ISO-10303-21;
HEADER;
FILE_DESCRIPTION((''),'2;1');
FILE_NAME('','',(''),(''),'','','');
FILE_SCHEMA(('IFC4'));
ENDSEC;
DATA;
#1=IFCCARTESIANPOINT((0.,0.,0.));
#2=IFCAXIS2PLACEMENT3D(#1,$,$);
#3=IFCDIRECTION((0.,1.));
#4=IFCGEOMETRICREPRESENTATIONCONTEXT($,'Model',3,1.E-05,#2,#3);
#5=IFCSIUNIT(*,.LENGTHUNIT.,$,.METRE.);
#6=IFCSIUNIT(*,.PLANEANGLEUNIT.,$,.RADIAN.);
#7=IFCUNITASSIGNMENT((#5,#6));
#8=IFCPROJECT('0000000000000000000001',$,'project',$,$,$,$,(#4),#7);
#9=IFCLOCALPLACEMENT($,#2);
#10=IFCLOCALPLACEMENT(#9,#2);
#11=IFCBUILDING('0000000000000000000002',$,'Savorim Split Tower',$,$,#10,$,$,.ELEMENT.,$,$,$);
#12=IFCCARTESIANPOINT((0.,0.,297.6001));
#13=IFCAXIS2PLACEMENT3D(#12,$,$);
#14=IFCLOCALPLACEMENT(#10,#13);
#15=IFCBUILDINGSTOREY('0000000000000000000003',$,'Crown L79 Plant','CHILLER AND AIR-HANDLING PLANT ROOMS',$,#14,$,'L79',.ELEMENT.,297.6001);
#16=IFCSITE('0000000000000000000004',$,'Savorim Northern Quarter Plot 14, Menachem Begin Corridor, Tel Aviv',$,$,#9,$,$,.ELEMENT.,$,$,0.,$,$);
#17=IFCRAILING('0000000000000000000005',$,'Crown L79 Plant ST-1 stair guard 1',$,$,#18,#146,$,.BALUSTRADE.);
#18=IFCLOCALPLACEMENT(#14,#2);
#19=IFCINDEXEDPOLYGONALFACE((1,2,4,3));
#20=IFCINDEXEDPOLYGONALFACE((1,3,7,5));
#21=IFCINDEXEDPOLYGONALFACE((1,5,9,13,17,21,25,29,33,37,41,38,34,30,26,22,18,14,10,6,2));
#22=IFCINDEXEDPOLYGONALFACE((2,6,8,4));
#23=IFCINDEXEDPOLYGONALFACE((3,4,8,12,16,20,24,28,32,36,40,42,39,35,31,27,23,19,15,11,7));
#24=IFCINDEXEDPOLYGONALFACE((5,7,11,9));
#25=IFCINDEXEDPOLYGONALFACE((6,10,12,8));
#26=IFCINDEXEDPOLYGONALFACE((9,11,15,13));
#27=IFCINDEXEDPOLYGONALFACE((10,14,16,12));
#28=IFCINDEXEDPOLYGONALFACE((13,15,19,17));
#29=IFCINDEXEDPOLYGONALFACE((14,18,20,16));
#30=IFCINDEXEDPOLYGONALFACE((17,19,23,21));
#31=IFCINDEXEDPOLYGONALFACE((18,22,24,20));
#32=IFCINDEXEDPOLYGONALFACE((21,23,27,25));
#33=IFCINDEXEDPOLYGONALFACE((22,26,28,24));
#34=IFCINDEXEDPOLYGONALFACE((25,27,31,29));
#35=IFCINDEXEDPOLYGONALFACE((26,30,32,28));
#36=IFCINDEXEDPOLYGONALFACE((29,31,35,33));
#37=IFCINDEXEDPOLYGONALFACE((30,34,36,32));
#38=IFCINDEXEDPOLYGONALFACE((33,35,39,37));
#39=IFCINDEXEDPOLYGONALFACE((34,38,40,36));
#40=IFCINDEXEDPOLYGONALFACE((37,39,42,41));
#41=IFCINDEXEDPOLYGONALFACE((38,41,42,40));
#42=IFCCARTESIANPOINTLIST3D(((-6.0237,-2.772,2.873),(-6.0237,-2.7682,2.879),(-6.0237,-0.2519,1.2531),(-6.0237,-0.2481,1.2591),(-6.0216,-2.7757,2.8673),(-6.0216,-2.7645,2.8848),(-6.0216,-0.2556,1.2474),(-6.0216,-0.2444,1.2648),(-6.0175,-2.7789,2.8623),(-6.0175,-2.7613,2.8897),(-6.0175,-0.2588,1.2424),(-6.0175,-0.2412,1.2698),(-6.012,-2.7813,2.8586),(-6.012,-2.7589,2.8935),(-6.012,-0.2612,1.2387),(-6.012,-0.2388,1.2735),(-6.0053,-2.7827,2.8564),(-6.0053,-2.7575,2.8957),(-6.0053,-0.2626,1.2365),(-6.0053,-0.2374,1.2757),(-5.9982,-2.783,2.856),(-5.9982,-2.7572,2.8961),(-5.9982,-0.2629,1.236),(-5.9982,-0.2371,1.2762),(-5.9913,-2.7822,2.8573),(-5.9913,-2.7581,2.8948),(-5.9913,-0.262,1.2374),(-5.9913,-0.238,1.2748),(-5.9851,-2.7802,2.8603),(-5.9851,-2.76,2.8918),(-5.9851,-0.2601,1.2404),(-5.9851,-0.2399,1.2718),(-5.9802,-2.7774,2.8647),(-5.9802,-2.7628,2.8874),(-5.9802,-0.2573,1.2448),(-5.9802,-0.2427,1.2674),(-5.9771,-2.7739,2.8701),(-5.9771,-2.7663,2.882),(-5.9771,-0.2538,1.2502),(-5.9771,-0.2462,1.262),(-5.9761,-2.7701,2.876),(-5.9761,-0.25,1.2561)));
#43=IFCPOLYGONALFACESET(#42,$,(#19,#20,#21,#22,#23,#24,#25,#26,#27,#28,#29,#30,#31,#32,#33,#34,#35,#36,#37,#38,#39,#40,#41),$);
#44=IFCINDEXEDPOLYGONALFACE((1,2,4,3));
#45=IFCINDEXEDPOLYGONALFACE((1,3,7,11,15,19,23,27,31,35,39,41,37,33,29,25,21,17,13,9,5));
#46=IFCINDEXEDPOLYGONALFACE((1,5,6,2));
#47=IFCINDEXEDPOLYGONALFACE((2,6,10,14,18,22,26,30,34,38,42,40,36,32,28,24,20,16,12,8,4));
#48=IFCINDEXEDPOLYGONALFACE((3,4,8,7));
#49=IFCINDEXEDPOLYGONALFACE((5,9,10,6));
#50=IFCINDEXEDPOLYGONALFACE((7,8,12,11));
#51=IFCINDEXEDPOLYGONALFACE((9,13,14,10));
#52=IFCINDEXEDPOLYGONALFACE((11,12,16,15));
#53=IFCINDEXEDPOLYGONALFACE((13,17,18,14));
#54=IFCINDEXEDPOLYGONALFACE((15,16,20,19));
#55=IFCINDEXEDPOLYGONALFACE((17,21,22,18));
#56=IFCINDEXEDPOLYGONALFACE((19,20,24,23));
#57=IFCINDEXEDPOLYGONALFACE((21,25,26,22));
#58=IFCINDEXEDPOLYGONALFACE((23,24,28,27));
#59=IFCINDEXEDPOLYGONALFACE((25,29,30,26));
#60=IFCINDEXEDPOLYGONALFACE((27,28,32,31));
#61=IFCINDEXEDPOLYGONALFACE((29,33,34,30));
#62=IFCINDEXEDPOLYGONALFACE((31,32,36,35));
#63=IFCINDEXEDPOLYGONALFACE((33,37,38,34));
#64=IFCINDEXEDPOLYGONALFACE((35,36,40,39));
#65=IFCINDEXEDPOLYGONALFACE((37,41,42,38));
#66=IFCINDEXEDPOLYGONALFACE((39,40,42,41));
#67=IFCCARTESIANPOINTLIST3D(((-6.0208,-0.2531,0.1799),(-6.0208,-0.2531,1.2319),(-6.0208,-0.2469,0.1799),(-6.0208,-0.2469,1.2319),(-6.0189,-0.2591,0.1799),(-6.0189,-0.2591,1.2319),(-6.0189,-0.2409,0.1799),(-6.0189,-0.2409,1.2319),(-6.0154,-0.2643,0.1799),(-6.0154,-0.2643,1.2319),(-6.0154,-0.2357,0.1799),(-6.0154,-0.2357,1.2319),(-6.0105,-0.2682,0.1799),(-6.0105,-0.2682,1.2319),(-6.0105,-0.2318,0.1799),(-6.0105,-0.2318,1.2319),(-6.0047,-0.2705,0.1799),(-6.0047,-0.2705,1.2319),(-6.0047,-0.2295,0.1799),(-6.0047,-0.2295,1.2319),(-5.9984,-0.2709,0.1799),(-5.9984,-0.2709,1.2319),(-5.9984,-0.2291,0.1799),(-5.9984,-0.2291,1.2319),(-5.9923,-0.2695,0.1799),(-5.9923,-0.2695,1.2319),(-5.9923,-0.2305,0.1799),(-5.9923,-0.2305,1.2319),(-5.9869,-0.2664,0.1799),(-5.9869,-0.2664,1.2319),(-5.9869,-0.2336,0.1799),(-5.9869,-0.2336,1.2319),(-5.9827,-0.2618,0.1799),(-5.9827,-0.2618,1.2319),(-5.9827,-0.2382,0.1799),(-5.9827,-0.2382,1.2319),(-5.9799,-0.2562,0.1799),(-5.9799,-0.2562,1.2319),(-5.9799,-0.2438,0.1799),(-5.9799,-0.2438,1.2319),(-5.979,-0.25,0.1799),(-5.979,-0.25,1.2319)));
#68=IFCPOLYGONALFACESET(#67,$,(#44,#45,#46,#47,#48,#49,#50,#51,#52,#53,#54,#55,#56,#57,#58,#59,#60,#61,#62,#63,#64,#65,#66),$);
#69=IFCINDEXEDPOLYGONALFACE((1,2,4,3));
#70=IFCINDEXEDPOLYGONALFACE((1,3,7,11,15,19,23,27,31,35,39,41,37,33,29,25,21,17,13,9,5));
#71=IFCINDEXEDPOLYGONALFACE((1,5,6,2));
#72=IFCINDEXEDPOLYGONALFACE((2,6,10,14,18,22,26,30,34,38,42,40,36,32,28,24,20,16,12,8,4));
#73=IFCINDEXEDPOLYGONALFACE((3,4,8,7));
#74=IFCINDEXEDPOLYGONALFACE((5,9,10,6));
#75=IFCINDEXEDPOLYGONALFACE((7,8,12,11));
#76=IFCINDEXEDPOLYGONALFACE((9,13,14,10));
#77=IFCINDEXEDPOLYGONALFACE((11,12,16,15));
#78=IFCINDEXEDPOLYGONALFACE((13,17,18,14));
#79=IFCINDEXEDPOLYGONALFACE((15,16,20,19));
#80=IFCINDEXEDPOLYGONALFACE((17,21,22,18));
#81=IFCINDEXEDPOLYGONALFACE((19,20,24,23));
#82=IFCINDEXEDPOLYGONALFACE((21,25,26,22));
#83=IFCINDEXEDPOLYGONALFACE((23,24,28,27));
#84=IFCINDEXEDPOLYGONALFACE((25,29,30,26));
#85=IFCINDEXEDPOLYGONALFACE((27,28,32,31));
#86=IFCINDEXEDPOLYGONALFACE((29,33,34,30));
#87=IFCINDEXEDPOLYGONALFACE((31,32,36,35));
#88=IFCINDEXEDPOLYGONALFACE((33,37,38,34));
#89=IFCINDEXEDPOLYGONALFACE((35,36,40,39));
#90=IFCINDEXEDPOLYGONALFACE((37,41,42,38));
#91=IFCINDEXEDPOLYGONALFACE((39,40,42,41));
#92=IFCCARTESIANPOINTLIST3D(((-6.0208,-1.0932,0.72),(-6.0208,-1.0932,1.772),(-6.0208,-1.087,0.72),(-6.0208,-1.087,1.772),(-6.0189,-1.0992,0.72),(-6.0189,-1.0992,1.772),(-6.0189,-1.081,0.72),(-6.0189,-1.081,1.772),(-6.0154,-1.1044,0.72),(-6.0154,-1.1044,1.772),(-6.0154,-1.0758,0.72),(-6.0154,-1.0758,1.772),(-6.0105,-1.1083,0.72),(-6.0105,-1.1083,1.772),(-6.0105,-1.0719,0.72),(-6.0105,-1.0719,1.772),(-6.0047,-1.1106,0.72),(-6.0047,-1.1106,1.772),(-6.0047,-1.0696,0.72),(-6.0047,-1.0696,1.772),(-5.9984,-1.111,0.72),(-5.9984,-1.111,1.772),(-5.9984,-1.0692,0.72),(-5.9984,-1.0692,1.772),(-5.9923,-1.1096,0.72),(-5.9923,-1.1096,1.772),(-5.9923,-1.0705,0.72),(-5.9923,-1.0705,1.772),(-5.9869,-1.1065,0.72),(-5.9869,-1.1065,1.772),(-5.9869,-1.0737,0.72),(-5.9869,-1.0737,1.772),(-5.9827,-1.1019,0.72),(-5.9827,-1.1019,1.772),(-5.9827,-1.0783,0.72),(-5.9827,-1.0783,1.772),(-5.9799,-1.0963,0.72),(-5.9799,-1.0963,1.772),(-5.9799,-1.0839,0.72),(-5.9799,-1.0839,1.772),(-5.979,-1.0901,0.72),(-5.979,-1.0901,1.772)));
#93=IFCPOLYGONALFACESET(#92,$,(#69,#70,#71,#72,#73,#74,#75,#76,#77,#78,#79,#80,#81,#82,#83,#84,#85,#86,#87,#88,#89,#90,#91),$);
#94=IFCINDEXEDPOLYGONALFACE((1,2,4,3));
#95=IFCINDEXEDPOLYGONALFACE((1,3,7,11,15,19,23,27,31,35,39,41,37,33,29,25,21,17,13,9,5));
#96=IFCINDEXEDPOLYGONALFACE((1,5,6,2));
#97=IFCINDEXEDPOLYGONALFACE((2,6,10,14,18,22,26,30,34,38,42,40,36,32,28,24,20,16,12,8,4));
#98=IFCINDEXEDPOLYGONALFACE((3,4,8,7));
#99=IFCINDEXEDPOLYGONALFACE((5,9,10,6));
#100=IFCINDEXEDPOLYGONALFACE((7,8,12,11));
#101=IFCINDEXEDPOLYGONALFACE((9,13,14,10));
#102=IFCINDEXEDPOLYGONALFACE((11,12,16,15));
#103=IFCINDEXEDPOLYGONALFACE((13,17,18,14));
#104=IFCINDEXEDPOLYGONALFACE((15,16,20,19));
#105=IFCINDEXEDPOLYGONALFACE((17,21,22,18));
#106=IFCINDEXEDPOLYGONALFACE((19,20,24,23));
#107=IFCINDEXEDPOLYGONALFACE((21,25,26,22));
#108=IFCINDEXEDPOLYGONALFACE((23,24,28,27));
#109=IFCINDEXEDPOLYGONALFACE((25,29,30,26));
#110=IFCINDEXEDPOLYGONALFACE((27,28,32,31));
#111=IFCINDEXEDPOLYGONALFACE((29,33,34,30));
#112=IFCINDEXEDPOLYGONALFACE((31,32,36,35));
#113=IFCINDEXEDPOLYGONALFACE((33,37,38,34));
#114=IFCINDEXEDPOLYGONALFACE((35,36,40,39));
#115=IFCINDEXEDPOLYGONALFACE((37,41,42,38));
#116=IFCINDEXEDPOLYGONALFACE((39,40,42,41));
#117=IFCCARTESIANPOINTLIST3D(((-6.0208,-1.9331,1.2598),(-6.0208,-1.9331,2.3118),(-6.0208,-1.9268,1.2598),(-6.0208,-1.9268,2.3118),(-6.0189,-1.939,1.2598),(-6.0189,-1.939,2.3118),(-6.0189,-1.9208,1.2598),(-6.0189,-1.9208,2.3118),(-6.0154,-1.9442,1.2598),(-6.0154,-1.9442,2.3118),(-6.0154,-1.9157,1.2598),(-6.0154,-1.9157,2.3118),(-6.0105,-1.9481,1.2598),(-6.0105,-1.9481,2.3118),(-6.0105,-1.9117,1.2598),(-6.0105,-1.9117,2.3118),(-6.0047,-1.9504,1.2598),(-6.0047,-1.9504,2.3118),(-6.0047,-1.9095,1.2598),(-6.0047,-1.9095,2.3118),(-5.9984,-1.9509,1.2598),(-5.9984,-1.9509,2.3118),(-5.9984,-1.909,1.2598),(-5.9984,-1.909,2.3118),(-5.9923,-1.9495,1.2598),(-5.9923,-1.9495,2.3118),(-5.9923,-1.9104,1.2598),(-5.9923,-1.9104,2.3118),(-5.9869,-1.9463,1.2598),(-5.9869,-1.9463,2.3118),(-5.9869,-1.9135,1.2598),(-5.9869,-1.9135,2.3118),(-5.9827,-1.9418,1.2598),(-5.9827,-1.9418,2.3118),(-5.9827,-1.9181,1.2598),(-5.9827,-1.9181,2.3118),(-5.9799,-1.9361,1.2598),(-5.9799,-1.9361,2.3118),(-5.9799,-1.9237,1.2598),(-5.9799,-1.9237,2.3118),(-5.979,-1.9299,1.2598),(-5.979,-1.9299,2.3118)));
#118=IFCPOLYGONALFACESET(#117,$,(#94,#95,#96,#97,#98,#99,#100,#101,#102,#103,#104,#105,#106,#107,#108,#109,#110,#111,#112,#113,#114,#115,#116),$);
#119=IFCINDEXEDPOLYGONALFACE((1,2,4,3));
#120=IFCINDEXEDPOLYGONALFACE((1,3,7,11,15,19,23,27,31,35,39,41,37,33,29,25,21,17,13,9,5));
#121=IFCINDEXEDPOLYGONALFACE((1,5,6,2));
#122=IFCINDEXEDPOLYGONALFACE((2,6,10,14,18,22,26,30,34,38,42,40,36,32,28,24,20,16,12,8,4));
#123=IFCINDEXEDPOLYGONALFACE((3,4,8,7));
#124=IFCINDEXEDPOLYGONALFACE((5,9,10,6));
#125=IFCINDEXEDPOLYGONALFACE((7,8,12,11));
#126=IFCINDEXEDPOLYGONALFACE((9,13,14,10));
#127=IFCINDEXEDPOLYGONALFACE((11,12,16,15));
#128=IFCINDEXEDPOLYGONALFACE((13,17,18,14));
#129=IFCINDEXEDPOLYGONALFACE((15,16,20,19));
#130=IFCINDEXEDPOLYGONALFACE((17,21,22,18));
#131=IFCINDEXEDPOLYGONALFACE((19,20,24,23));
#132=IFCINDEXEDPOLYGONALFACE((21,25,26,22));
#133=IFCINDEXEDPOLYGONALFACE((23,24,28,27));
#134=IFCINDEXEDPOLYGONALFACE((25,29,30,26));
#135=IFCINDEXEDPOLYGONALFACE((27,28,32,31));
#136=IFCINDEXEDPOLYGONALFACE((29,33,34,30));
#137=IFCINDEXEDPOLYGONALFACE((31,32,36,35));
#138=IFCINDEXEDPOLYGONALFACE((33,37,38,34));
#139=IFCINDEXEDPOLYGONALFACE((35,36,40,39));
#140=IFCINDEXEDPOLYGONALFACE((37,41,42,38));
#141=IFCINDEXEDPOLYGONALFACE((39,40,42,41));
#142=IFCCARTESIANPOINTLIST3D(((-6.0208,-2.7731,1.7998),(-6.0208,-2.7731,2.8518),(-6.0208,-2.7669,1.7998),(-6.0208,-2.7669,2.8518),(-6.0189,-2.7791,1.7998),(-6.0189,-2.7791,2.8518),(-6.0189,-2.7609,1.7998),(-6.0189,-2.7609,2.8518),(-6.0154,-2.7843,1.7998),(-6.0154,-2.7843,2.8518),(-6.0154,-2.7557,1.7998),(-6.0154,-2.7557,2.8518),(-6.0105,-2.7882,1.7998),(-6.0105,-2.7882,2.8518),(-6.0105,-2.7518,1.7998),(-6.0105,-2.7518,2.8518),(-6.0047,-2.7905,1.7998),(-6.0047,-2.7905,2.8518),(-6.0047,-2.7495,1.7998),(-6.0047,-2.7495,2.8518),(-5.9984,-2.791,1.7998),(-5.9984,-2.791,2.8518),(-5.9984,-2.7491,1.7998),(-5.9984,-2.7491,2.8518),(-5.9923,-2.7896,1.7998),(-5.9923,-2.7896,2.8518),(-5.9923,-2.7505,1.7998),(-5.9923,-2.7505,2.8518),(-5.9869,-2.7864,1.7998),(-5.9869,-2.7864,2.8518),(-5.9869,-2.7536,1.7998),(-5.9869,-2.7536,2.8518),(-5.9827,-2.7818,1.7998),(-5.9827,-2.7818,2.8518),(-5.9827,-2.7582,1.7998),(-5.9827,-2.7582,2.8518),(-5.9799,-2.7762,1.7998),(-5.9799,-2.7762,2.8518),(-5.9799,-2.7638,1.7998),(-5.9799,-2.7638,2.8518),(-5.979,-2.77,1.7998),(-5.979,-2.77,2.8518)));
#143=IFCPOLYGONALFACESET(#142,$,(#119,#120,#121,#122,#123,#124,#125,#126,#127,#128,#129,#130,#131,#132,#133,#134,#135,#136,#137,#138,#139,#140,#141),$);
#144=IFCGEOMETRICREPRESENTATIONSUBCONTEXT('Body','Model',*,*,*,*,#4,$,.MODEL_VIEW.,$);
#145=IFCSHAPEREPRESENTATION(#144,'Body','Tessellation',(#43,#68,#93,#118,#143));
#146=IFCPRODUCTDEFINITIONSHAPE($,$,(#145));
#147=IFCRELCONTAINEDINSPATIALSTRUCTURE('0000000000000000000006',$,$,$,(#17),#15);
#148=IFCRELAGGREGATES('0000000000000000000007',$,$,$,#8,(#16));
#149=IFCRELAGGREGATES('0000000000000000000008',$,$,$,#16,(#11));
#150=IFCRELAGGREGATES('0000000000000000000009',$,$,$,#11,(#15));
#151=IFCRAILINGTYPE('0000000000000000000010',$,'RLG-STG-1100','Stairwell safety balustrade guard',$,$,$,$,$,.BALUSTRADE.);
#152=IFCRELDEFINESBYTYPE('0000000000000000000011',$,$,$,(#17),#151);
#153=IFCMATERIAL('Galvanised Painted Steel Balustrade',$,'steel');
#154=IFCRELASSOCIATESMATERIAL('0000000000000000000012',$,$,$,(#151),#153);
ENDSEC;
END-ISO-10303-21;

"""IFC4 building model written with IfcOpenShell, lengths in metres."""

from ifc_helpers import new_model, si_unit, direction, frame, origin, origin_2d, place, context, subcontext, project, spatial, circle, extrude, material, type_object, element, save


model = new_model("IFC4")

# Units and contexts
model_context = context("Model", 3, precision=1e-05, world=origin(), true_north=direction((0.0, 1.0)))
body_context = subcontext(model_context, "Body", "Model", "MODEL_VIEW")
ifc_project = project(units=[si_unit("LENGTHUNIT", "METRE"), si_unit("PLANEANGLEUNIT", "RADIAN")], contexts=[model_context])

# Site, building, storey
site_placement = place(None, origin())
site = spatial("IfcSite", under=ifc_project, at=site_placement, Name="Savorim Northern Quarter Plot 14, Menachem Begin Corridor, Tel Aviv", CompositionType="ELEMENT", RefElevation=0.0)
building_placement = place(site_placement, origin())
building = spatial("IfcBuilding", under=site, at=building_placement, Name="Savorim Split Tower", CompositionType="ELEMENT")
storey_placement = place(building_placement, frame((0.0, 0.0, 297.6001)))
storey = spatial("IfcBuildingStorey", under=building, at=storey_placement, Name="Crown L79 Plant", Description="CHILLER AND AIR-HANDLING PLANT ROOMS", LongName="L79", CompositionType="ELEMENT", Elevation=297.6001)

# Railing
ifc_material_1 = material(Name="Galvanised Painted Steel Balustrade", Category="steel")
railing_type_1 = type_object("IfcRailingType", Name="RLG-STG-1100", Description="Stairwell safety balustrade guard", PredefinedType="BALUSTRADE", material=ifc_material_1)
railing_1_placement = place(storey_placement, frame((-6.0, -0.25, 0.1799)))
element("IfcRailing", 1, at=railing_1_placement, inside=storey, type_object=railing_type_1, Name="Crown L79 Plant ST-1 stair guard 1", PredefinedType="BALUSTRADE", context=body_context, shape_type="SweptSolid", body=[
    extrude(circle(Radius=0.0239, at=origin_2d()), frame((0.0, 0.0, 1.0762), z_axis=(0.0, -0.8412, 0.540725), x_axis=(1.0, 0.0, 0.0)), (0.0, 0.0, 1.0), 2.9958),
    extrude(circle(Radius=0.021, at=origin_2d()), origin(), (0.0, 0.0, 1.0), 1.052),
    extrude(circle(Radius=0.021, at=origin_2d()), frame((0.0, -0.8401, 0.54)), (0.0, 0.0, 1.0), 1.052),
    extrude(circle(Radius=0.021, at=origin_2d()), frame((0.0, -1.6799, 1.0798)), (0.0, 0.0, 1.0), 1.052),
    extrude(circle(Radius=0.021, at=origin_2d()), frame((0.0, -2.52, 1.6199)), (0.0, 0.0, 1.0), 1.052),
])

save(model, "model.ifc")
